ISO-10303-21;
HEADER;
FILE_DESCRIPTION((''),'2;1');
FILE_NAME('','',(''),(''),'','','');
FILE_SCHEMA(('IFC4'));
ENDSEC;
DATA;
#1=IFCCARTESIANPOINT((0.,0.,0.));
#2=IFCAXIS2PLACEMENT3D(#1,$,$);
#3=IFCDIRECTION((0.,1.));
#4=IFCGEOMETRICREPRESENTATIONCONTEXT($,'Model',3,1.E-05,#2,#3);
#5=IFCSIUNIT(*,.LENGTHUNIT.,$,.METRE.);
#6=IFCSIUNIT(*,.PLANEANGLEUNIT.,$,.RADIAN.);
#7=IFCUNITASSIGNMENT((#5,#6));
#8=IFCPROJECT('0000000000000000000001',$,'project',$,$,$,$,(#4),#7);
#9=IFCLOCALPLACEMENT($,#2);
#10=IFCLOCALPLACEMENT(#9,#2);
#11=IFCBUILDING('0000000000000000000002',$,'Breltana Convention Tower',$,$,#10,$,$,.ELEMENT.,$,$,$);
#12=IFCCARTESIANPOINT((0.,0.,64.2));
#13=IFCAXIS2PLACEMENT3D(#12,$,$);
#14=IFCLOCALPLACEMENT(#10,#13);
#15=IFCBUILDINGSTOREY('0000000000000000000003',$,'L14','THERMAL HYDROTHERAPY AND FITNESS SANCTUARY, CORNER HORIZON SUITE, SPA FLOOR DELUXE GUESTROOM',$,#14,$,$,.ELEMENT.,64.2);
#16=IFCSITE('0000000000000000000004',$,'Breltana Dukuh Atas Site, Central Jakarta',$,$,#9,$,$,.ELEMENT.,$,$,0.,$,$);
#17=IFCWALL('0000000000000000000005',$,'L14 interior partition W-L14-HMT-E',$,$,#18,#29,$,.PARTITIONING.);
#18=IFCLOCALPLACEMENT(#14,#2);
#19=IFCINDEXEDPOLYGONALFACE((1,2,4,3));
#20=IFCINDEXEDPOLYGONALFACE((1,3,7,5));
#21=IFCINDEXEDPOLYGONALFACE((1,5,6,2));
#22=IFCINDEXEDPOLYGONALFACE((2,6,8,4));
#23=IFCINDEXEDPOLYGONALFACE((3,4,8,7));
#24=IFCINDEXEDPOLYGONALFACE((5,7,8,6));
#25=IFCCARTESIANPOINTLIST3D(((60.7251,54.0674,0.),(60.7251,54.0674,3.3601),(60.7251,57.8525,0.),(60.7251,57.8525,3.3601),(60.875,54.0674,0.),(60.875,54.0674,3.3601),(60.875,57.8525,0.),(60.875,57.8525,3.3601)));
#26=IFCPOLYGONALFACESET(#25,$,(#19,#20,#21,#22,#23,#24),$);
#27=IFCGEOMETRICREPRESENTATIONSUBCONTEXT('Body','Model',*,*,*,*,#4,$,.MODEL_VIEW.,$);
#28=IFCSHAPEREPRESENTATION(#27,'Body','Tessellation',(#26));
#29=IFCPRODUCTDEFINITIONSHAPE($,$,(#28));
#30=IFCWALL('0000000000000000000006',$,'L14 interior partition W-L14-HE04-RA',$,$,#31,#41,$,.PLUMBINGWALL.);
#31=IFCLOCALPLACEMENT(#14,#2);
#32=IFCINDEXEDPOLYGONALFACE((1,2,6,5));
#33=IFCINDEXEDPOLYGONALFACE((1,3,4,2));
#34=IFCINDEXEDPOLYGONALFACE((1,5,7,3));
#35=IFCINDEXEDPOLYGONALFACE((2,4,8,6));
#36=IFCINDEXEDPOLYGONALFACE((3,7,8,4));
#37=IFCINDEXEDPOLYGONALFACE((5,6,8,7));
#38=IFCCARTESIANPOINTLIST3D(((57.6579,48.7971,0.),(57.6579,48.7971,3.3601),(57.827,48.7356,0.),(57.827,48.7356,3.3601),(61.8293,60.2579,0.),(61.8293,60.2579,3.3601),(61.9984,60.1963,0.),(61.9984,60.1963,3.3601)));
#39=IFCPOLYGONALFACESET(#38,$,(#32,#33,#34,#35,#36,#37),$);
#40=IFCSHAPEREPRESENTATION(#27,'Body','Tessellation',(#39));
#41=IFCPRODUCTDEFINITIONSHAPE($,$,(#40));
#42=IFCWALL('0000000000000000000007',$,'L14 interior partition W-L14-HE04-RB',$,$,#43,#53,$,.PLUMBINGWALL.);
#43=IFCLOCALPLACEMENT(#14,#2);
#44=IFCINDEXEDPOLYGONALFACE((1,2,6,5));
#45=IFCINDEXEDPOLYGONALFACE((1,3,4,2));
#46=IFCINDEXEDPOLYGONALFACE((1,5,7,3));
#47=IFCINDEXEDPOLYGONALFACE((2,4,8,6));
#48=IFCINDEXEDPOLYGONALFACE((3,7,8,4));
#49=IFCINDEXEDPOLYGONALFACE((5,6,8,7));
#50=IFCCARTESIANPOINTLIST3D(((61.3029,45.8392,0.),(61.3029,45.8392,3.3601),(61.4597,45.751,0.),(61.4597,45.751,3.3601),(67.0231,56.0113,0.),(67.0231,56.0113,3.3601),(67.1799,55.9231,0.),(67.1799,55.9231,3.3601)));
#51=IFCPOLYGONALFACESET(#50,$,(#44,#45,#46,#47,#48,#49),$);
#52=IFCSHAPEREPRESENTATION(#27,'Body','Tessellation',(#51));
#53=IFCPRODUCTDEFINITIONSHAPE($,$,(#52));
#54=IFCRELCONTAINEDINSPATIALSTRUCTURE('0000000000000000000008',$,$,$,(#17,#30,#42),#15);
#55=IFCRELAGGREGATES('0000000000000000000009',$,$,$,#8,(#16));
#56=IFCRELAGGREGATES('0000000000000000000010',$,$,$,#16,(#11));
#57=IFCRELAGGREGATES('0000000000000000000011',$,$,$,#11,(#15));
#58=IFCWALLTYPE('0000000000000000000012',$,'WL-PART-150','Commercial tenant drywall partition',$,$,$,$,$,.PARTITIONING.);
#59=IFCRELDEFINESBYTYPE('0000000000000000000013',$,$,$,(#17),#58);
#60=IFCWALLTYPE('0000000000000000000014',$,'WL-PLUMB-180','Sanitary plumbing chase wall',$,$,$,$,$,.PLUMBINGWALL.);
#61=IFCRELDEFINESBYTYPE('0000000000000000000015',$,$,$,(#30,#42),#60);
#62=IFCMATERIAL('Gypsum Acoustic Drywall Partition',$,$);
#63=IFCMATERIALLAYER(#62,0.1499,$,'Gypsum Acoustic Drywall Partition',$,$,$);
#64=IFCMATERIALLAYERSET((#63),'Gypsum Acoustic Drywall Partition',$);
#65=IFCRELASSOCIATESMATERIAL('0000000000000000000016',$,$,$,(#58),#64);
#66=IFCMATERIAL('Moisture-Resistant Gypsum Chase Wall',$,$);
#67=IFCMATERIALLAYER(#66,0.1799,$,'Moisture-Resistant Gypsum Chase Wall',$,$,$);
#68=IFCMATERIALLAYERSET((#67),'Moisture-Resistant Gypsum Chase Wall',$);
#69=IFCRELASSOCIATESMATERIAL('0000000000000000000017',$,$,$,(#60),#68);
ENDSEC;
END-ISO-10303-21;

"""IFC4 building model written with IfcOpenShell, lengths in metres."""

from ifc_helpers import new_model, si_unit, direction, frame, frame_2d, origin, place, context, subcontext, project, spatial, rectangle, extrude, source, transform, mapped, material, layer, layer_set, type_object, element, save


model = new_model("IFC4")

# Units and contexts
model_context = context("Model", 3, precision=1e-05, world=origin(), true_north=direction((0.0, 1.0)))
body_context = subcontext(model_context, "Body", "Model", "MODEL_VIEW")
ifc_project = project(units=[si_unit("LENGTHUNIT", "METRE"), si_unit("PLANEANGLEUNIT", "RADIAN")], contexts=[model_context])

# Site, building, storey
site_placement = place(None, origin())
site = spatial("IfcSite", under=ifc_project, at=site_placement, Name="Breltana Dukuh Atas Site, Central Jakarta", CompositionType="ELEMENT", RefElevation=0.0)
building_placement = place(site_placement, origin())
building = spatial("IfcBuilding", under=site, at=building_placement, Name="Breltana Convention Tower", CompositionType="ELEMENT")
storey_placement = place(building_placement, frame((0.0, 0.0, 64.2)))
storey = spatial("IfcBuildingStorey", under=building, at=storey_placement, Name="L14", Description="THERMAL HYDROTHERAPY AND FITNESS SANCTUARY, CORNER HORIZON SUITE, SPA FLOOR DELUXE GUESTROOM", CompositionType="ELEMENT", Elevation=64.2)

# Walls
ifc_material_1 = material(Name="Gypsum Acoustic Drywall Partition")
ifc_layer_1 = layer(ifc_material_1, 0.1499, Name="Gypsum Acoustic Drywall Partition")
ifc_layer_set_1 = layer_set([ifc_layer_1], Name="Gypsum Acoustic Drywall Partition")
wall_type_1 = type_object("IfcWallType", Name="WL-PART-150", Description="Commercial tenant drywall partition", PredefinedType="PARTITIONING", material=ifc_layer_set_1)
shared_shape_1 = source(origin(), body_context, "Body", "SweptSolid", [
    extrude(rectangle(XDim=3.7852, YDim=0.1499, at=frame_2d((1.8926, 0.0))), origin(), (0.0, 0.0, 1.0), 3.3601),
])
wall_1_placement = place(storey_placement, frame((60.8, 54.0674, 0.0), z_axis=(0.0, 0.0, 1.0), x_axis=(0.0, 1.0, 0.0)))
element("IfcWall", 1, at=wall_1_placement, inside=storey, type_object=wall_type_1, Name="L14 interior partition W-L14-HMT-E", PredefinedType="PARTITIONING", context=body_context, shape_type="MappedRepresentation", body=[
    mapped(shared_shape_1, transform((0.0, 0.0, 0.0), scale=1.0)),
])
ifc_material_2 = material(Name="Moisture-Resistant Gypsum Chase Wall")
ifc_layer_2 = layer(ifc_material_2, 0.1799, Name="Moisture-Resistant Gypsum Chase Wall")
ifc_layer_set_2 = layer_set([ifc_layer_2], Name="Moisture-Resistant Gypsum Chase Wall")
wall_type_2 = type_object("IfcWallType", Name="WL-PLUMB-180", Description="Sanitary plumbing chase wall", PredefinedType="PLUMBINGWALL", material=ifc_layer_set_2)
shared_shape_2 = source(origin(), body_context, "Body", "SweptSolid", [
    extrude(rectangle(XDim=12.1963, YDim=0.1799, at=frame_2d((6.0981, 0.0))), origin(), (0.0, 0.0, 1.0), 3.3601),
])
wall_2_placement = place(storey_placement, frame((57.7424, 48.7664, 0.0), z_axis=(0.0, 0.0, 1.0), x_axis=(0.342023, 0.939692, 0.0)))
element("IfcWall", 2, at=wall_2_placement, inside=storey, type_object=wall_type_2, Name="L14 interior partition W-L14-HE04-RA", PredefinedType="PLUMBINGWALL", context=body_context, shape_type="MappedRepresentation", body=[
    mapped(shared_shape_2, transform((0.0, 0.0, 0.0), scale=1.0)),
])
shared_shape_3 = source(origin(), body_context, "Body", "SweptSolid", [
    extrude(rectangle(XDim=11.6702, YDim=0.1799, at=frame_2d((5.835, 0.0))), origin(), (0.0, 0.0, 1.0), 3.3601),
])
wall_3_placement = place(storey_placement, frame((61.3813, 45.7952, 0.0), z_axis=(0.0, 0.0, 1.0), x_axis=(0.490157, 0.871634, 0.0)))
element("IfcWall", 3, at=wall_3_placement, inside=storey, type_object=wall_type_2, Name="L14 interior partition W-L14-HE04-RB", PredefinedType="PLUMBINGWALL", context=body_context, shape_type="MappedRepresentation", body=[
    mapped(shared_shape_3, transform((0.0, 0.0, 0.0), scale=1.0)),
])

save(model, "model.ifc")
